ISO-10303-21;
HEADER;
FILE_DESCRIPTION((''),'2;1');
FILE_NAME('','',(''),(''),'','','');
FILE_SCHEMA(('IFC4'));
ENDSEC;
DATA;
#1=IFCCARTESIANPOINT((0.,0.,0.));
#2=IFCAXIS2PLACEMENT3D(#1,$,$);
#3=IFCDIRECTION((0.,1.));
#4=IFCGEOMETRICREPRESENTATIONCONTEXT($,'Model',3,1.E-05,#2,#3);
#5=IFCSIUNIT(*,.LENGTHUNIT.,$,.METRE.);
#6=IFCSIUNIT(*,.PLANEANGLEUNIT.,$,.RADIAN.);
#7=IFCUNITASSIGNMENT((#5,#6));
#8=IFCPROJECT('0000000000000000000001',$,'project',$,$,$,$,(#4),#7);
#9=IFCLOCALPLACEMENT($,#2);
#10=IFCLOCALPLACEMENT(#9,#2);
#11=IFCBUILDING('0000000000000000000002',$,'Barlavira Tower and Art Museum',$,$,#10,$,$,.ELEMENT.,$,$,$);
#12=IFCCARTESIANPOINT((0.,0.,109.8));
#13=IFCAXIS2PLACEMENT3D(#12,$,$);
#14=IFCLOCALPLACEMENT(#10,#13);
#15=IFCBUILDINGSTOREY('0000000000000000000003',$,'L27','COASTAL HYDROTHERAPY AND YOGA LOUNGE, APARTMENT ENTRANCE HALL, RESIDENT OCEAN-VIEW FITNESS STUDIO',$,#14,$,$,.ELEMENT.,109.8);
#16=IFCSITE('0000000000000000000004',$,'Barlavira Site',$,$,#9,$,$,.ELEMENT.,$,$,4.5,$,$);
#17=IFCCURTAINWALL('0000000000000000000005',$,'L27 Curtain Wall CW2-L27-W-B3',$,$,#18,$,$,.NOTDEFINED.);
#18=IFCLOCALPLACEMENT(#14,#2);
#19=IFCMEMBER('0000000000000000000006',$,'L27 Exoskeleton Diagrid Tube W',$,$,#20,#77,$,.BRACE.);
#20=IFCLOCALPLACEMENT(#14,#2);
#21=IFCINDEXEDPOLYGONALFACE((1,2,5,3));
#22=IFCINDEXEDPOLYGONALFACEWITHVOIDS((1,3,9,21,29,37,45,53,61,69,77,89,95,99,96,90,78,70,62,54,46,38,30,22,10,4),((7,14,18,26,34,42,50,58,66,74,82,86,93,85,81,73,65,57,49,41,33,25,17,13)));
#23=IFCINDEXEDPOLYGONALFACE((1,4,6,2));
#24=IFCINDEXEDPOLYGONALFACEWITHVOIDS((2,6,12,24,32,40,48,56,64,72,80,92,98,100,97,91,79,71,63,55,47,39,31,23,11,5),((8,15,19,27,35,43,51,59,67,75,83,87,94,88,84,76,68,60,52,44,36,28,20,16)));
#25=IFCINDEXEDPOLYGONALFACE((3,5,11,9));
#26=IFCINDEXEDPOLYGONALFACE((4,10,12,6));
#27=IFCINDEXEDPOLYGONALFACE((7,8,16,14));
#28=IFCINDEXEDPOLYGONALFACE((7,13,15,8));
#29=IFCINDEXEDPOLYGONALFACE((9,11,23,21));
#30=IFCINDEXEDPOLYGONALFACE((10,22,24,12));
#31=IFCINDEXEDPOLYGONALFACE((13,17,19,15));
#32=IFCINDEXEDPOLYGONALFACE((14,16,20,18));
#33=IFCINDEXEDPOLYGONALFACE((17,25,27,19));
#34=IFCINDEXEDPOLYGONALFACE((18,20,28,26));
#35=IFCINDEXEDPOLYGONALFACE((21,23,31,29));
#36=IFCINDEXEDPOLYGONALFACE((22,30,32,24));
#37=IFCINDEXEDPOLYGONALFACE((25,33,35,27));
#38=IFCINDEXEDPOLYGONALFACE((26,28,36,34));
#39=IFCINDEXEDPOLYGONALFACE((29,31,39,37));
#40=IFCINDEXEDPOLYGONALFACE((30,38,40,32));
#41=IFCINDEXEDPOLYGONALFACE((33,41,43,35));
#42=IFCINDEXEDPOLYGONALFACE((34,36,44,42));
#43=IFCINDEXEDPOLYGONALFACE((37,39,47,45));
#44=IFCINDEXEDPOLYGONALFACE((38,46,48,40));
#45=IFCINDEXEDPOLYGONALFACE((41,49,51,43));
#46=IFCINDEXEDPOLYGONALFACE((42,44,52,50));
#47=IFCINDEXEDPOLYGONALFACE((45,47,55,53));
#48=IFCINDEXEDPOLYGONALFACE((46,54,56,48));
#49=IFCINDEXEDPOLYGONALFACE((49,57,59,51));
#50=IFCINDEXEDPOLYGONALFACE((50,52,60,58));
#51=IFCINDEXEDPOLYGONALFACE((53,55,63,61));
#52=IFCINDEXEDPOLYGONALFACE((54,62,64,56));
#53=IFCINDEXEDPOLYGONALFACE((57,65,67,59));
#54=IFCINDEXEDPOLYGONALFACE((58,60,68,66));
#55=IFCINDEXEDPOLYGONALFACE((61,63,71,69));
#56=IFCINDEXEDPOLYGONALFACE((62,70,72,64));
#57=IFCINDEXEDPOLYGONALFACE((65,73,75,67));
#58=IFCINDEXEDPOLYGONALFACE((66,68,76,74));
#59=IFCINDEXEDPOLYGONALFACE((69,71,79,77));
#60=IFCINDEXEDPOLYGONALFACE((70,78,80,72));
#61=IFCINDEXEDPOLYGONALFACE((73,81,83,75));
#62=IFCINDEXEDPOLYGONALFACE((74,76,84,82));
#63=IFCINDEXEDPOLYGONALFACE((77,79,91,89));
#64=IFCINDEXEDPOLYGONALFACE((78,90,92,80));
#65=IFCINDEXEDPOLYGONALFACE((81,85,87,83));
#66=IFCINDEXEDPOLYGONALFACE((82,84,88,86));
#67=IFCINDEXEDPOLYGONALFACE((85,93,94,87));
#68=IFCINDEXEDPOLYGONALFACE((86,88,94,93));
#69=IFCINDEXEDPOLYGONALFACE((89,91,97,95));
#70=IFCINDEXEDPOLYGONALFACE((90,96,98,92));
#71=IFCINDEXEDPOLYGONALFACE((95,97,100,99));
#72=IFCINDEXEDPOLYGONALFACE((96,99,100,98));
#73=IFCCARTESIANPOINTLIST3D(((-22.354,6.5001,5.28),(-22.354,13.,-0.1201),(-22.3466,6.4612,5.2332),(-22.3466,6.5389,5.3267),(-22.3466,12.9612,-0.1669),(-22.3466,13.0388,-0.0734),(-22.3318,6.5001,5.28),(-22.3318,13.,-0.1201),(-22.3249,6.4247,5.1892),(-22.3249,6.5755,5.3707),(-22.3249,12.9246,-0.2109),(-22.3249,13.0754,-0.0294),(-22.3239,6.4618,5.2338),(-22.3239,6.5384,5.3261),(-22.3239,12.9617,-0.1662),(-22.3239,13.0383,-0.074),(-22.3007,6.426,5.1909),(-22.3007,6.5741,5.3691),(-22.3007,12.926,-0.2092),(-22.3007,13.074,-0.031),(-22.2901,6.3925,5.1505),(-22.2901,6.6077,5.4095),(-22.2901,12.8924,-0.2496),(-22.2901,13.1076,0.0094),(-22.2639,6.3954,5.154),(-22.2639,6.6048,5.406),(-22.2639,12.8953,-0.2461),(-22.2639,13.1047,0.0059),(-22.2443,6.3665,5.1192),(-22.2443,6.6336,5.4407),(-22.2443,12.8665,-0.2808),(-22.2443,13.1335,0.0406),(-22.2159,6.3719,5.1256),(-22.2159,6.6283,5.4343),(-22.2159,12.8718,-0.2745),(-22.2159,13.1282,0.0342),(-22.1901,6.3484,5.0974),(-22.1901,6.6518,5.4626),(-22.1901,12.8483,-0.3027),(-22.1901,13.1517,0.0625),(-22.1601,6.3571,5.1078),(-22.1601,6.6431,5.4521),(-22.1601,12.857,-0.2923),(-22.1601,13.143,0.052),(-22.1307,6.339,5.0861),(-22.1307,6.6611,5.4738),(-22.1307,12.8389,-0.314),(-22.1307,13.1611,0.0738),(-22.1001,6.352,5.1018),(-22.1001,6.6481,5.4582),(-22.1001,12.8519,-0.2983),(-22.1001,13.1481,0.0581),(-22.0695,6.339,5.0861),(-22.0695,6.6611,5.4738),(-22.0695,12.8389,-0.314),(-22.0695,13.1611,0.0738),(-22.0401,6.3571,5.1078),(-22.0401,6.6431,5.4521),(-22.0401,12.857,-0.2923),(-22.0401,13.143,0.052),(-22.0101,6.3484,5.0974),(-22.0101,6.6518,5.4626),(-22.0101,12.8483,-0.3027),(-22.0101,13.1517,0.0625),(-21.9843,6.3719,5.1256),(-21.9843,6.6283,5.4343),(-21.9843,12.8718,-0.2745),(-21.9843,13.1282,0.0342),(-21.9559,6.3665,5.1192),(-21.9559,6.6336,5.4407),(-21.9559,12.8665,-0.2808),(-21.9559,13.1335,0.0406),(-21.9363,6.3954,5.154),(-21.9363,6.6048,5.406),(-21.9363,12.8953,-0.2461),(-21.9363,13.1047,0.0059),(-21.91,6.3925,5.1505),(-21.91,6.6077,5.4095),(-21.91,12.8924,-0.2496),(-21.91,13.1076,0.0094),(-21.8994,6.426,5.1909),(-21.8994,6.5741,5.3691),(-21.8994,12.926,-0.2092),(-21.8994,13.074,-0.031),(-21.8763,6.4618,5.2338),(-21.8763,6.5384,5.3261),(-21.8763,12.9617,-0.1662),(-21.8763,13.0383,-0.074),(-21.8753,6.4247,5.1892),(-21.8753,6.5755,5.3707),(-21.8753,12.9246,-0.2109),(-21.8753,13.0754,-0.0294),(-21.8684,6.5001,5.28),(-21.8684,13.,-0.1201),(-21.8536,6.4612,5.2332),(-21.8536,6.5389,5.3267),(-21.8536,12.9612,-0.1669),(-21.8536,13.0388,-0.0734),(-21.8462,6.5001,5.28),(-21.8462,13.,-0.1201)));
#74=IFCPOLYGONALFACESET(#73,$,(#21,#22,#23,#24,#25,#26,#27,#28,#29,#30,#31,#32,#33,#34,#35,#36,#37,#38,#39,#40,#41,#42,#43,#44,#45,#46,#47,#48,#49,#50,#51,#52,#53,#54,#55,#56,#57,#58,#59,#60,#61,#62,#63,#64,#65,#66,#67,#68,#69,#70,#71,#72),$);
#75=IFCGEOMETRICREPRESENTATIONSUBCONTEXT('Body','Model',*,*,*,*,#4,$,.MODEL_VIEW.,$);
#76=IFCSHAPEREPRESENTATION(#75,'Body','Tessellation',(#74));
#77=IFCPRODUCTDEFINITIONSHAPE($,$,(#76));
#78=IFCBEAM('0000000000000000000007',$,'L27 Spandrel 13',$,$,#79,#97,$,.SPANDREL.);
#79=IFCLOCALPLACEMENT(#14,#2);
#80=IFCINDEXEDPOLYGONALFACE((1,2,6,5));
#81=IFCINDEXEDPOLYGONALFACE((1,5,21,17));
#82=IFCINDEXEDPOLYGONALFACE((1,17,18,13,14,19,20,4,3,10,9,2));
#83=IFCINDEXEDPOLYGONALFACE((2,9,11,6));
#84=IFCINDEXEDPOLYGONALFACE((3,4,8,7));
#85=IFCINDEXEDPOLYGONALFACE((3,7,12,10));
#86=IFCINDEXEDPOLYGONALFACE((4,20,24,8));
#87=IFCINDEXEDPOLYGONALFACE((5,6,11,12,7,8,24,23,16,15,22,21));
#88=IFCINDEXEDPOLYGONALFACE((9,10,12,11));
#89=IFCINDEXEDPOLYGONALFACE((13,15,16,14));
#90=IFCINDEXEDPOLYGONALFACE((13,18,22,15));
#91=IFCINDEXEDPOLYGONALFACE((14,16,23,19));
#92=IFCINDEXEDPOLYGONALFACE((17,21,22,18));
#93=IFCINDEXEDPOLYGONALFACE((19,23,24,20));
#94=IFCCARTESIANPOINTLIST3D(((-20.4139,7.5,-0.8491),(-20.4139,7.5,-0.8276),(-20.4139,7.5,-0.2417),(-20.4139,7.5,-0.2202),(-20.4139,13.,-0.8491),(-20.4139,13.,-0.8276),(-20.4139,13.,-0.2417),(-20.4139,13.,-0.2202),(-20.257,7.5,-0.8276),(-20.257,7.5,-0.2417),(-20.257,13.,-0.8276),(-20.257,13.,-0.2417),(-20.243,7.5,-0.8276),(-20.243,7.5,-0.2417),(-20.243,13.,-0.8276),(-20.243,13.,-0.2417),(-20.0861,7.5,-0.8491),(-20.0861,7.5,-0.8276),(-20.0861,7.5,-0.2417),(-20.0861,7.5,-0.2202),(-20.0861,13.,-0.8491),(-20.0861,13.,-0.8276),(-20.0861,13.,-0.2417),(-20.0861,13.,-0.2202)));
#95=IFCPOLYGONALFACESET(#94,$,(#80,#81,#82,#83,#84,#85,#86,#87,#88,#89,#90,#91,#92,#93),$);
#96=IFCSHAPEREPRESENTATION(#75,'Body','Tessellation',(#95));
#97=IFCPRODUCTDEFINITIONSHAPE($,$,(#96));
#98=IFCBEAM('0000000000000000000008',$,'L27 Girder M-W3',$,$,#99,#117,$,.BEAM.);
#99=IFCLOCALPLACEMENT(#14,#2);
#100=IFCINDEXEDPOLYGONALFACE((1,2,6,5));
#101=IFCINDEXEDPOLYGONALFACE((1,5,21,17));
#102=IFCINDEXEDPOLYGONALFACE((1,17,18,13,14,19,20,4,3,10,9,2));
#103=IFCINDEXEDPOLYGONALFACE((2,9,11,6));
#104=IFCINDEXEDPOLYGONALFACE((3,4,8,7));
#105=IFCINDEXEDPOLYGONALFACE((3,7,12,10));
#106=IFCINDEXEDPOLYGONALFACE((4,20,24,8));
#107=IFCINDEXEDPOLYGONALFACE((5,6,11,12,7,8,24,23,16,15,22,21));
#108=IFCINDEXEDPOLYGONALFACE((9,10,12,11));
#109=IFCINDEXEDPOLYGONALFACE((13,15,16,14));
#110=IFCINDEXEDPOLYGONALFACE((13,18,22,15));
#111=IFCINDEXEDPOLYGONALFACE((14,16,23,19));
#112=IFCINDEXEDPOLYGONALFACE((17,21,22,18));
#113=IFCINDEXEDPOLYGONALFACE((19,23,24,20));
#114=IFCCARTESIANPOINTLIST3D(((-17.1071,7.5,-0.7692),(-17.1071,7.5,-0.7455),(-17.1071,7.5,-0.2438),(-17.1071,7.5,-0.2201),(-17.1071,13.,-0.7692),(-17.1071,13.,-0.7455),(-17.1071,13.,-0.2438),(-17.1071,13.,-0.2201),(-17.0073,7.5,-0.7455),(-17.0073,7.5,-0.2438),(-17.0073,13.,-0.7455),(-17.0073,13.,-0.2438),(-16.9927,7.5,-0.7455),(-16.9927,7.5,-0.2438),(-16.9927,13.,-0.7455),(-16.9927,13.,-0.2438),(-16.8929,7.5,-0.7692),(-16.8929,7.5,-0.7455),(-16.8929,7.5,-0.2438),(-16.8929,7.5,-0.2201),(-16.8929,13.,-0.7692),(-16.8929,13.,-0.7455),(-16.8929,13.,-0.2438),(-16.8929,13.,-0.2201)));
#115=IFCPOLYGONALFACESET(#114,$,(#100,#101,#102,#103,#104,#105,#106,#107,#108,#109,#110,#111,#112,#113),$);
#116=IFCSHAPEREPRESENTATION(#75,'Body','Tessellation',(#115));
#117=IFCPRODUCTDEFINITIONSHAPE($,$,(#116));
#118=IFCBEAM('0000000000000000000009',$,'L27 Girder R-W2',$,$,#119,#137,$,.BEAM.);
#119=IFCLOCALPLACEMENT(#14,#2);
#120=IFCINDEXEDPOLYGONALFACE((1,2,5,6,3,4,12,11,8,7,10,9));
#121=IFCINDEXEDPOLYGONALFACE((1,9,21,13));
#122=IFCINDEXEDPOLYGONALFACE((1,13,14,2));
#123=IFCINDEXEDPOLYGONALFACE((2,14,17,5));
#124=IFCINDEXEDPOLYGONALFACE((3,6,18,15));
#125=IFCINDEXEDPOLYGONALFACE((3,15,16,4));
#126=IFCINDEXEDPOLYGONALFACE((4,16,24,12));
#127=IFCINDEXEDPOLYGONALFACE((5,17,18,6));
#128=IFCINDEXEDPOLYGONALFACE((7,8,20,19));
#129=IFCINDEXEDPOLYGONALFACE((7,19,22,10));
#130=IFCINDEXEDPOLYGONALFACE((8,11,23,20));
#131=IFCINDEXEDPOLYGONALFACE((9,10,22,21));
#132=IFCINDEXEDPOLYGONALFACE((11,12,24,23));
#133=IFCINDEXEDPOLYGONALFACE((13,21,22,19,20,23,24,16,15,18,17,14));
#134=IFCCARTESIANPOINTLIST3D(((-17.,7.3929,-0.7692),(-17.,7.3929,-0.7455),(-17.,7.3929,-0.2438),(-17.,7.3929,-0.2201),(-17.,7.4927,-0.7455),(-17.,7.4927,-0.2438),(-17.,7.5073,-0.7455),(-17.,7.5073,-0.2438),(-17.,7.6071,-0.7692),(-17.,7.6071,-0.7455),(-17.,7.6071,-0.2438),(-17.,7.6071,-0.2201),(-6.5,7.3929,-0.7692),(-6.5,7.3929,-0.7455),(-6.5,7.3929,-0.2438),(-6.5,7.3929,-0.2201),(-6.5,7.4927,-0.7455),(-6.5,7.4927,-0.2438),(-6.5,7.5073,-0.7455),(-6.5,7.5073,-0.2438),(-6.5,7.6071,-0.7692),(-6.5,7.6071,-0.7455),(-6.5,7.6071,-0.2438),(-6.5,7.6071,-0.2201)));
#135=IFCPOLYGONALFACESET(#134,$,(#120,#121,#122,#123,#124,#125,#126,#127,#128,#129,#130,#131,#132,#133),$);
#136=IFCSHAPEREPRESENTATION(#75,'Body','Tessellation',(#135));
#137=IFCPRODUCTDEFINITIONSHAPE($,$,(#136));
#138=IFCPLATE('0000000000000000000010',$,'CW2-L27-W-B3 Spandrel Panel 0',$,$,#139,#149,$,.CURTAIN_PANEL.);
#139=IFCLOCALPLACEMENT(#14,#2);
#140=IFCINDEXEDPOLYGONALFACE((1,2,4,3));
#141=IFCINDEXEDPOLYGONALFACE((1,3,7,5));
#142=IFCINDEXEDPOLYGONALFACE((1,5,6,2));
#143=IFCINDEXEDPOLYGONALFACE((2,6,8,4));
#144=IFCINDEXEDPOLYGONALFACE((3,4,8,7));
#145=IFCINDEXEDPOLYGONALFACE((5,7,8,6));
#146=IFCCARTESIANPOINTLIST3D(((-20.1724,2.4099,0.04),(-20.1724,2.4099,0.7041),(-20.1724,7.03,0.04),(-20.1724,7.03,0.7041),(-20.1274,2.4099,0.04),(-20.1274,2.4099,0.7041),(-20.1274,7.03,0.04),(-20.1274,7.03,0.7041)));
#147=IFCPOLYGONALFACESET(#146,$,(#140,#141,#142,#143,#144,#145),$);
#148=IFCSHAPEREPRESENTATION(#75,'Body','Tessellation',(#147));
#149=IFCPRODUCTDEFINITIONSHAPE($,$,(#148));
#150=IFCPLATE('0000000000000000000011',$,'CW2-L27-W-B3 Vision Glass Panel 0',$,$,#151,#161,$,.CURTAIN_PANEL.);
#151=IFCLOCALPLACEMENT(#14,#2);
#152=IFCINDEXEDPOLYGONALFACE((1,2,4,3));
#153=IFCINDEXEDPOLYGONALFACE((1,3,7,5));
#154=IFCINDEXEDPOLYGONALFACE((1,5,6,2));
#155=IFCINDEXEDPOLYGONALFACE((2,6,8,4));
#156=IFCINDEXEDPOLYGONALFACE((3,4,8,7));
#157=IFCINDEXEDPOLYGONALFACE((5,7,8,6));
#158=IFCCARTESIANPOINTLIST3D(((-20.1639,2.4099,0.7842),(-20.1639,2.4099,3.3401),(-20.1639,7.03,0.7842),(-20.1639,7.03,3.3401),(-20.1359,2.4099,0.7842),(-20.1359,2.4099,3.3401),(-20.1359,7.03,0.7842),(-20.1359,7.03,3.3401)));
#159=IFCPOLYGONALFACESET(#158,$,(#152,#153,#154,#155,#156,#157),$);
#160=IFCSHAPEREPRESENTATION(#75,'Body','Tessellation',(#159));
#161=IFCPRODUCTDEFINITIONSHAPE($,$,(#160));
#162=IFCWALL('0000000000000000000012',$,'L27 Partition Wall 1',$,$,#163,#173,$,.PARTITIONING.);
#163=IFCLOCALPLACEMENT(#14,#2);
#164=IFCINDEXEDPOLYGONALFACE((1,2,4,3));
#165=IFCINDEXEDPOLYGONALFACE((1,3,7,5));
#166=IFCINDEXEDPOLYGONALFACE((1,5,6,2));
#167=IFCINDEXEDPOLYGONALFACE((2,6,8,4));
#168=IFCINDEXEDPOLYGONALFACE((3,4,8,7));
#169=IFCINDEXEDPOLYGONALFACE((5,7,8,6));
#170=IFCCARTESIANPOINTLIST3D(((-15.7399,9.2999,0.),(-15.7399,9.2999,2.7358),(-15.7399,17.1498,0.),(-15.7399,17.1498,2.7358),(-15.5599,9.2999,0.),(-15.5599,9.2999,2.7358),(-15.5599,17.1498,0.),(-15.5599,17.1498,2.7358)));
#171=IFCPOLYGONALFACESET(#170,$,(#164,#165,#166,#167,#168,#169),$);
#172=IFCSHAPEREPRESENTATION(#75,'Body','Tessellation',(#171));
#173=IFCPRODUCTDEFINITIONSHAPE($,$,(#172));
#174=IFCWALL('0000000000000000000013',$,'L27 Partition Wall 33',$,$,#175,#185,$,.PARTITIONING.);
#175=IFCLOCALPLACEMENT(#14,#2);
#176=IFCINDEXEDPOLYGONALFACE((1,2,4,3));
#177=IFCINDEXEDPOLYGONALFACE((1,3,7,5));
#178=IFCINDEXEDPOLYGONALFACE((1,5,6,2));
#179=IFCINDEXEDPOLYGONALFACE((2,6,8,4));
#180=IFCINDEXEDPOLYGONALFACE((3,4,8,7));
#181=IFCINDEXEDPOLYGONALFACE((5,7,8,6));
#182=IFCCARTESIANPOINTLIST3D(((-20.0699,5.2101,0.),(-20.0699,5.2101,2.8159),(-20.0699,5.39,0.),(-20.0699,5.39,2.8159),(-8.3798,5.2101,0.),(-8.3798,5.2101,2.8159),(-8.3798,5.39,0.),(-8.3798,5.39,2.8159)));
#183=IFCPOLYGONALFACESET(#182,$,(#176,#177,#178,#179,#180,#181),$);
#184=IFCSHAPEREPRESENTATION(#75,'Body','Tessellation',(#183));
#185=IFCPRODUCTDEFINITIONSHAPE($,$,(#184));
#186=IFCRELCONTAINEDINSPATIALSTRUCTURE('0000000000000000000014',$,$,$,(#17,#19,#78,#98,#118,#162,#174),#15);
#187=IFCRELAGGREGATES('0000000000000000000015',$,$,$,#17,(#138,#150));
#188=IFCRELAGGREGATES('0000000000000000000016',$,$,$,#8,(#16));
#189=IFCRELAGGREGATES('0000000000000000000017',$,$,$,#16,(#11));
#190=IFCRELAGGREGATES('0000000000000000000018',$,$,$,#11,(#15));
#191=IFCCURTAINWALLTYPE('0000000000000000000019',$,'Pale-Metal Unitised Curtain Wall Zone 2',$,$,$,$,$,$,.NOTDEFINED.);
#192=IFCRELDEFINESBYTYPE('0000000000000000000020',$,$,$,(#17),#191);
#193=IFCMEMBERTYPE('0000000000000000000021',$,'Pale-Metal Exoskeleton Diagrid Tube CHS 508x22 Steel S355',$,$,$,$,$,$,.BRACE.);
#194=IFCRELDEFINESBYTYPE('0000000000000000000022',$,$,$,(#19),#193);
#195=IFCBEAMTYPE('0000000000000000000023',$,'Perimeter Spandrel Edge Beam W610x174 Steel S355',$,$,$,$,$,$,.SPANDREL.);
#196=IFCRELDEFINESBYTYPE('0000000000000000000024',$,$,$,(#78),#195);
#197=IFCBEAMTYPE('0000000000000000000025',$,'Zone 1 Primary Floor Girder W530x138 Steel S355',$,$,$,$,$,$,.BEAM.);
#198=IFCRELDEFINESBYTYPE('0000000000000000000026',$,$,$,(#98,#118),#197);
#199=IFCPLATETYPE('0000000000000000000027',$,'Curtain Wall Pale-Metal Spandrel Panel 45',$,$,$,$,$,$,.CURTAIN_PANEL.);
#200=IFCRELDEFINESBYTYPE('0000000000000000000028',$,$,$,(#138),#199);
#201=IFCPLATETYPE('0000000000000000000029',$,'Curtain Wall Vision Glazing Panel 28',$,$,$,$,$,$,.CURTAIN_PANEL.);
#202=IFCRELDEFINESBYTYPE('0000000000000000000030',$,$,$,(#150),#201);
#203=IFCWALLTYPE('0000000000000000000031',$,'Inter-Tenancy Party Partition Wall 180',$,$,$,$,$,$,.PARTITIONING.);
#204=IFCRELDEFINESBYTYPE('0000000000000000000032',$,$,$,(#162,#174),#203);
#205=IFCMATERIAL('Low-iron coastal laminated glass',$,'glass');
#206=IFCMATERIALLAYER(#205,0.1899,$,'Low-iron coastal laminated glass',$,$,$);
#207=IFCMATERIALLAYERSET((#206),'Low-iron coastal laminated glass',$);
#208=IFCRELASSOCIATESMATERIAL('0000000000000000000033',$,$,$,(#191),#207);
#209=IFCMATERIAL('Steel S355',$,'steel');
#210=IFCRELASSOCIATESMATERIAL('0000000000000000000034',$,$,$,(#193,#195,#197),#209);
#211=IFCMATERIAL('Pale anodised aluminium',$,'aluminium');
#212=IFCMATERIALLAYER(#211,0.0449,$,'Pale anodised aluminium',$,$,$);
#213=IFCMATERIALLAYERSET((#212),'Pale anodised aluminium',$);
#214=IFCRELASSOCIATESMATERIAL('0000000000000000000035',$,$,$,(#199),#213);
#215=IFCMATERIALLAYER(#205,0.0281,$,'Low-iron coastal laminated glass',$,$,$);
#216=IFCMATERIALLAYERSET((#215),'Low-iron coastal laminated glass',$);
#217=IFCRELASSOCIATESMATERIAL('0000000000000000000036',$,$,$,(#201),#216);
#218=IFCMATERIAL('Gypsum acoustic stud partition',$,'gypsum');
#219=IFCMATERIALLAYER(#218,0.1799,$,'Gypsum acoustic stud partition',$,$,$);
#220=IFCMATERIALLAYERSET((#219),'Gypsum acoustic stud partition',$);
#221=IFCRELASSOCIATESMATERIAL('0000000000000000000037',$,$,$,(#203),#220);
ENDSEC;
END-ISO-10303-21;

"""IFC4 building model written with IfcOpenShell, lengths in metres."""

from ifc_helpers import new_model, si_unit, direction, frame, frame_2d, origin, origin_2d, place, context, subcontext, project, spatial, rectangle, hollow_circle, i_section, extrude, material, layer, layer_set, material_profile, profile_set, type_object, element, aggregate, save


model = new_model("IFC4")

# Units and contexts
model_context = context("Model", 3, precision=1e-05, world=origin(), true_north=direction((0.0, 1.0)))
body_context = subcontext(model_context, "Body", "Model", "MODEL_VIEW")
ifc_project = project(units=[si_unit("LENGTHUNIT", "METRE"), si_unit("PLANEANGLEUNIT", "RADIAN")], contexts=[model_context])

# Site, building, storey
site_placement = place(None, origin())
site = spatial("IfcSite", under=ifc_project, at=site_placement, Name="Barlavira Site", CompositionType="ELEMENT", RefElevation=4.5)
building_placement = place(site_placement, origin())
building = spatial("IfcBuilding", under=site, at=building_placement, Name="Barlavira Tower and Art Museum", CompositionType="ELEMENT")
storey_placement = place(building_placement, frame((0.0, 0.0, 109.8)))
storey = spatial("IfcBuildingStorey", under=building, at=storey_placement, Name="L27", Description="COASTAL HYDROTHERAPY AND YOGA LOUNGE, APARTMENT ENTRANCE HALL, RESIDENT OCEAN-VIEW FITNESS STUDIO", CompositionType="ELEMENT", Elevation=109.8)

# Curtain wall
ifc_material_1 = material(Name="Low-iron coastal laminated glass", Category="glass")
ifc_layer_1 = layer(ifc_material_1, 0.1899, Name="Low-iron coastal laminated glass")
ifc_layer_set_1 = layer_set([ifc_layer_1], Name="Low-iron coastal laminated glass")
curtain_wall_type = type_object("IfcCurtainWallType", Name="Pale-Metal Unitised Curtain Wall Zone 2", PredefinedType="NOTDEFINED", material=ifc_layer_set_1)
curtain_wall_placement = place(storey_placement, origin())
curtain_wall = element("IfcCurtainWall", 1, at=curtain_wall_placement, inside=storey, type_object=curtain_wall_type, Name="L27 Curtain Wall CW2-L27-W-B3", PredefinedType="NOTDEFINED")
ifc_material_2 = material(Name="Pale anodised aluminium", Category="aluminium")

# Member
ifc_material_3 = material(Name="Steel S355", Category="steel")
ifc_material_profile_1 = material_profile(ifc_material_3, hollow_circle(Radius=0.2539, WallThickness=0.0222, at=origin_2d()), Name="CHS 508.0x22.2")
ifc_profile_set_1 = profile_set([ifc_material_profile_1], Name="Steel S355")
member_type_1 = type_object("IfcMemberType", Name="Pale-Metal Exoskeleton Diagrid Tube CHS 508x22 Steel S355", PredefinedType="BRACE", material=ifc_profile_set_1)
member_1_placement = place(storey_placement, frame((-22.1001, 13.0, -0.1201), z_axis=(0.0, -0.769182, 0.63903), x_axis=(1.0, 0.0, 0.0)))
element("IfcMember", 2, at=member_1_placement, inside=storey, type_object=member_type_1, Name="L27 Exoskeleton Diagrid Tube W", PredefinedType="BRACE", context=body_context, shape_type="SweptSolid", body=[
    extrude(hollow_circle(Radius=0.2539, WallThickness=0.0222, at=origin_2d()), origin(), (0.0, 0.0, 1.0), 8.4504),
])

# Beams
ifc_material_profile_2 = material_profile(ifc_material_3, i_section(OverallWidth=0.3279, OverallDepth=0.6289, WebThickness=0.0139, FlangeThickness=0.0215, at=origin_2d()), Name="W610x174.0")
ifc_profile_set_2 = profile_set([ifc_material_profile_2], Name="Steel S355")
beam_type_1 = type_object("IfcBeamType", Name="Perimeter Spandrel Edge Beam W610x174 Steel S355", PredefinedType="SPANDREL", material=ifc_profile_set_2)
beam_1_placement = place(storey_placement, frame((-20.25, 7.5, -0.5347), z_axis=(0.0, 1.0, 0.0), x_axis=(-1.0, 0.0, 0.0)))
element("IfcBeam", 3, at=beam_1_placement, inside=storey, type_object=beam_type_1, Name="L27 Spandrel 13", PredefinedType="SPANDREL", context=body_context, shape_type="SweptSolid", body=[
    extrude(i_section(OverallWidth=0.3279, OverallDepth=0.6289, WebThickness=0.0139, FlangeThickness=0.0215, at=origin_2d()), origin(), (0.0, 0.0, 1.0), 5.5),
])
ifc_material_profile_3 = material_profile(ifc_material_3, i_section(OverallWidth=0.2141, OverallDepth=0.5491, WebThickness=0.0146, FlangeThickness=0.0237, at=origin_2d()), Name="W530x138.0")
ifc_profile_set_3 = profile_set([ifc_material_profile_3], Name="Steel S355")
beam_type_2 = type_object("IfcBeamType", Name="Zone 1 Primary Floor Girder W530x138 Steel S355", PredefinedType="BEAM", material=ifc_profile_set_3)
beam_2_placement = place(storey_placement, frame((-17.0, 7.5, -0.4946), z_axis=(0.0, 1.0, 0.0), x_axis=(-1.0, 0.0, 0.0)))
element("IfcBeam", 4, at=beam_2_placement, inside=storey, type_object=beam_type_2, Name="L27 Girder M-W3", PredefinedType="BEAM", context=body_context, shape_type="SweptSolid", body=[
    extrude(i_section(OverallWidth=0.2141, OverallDepth=0.5491, WebThickness=0.0146, FlangeThickness=0.0237, at=origin_2d()), origin(), (0.0, 0.0, 1.0), 5.5),
])
beam_3_placement = place(storey_placement, frame((-17.0, 7.5, -0.4946), z_axis=(1.0, 0.0, 0.0), x_axis=(0.0, 1.0, 0.0)))
element("IfcBeam", 5, at=beam_3_placement, inside=storey, type_object=beam_type_2, Name="L27 Girder R-W2", PredefinedType="BEAM", context=body_context, shape_type="SweptSolid", body=[
    extrude(i_section(OverallWidth=0.2141, OverallDepth=0.5491, WebThickness=0.0146, FlangeThickness=0.0237, at=origin_2d()), origin(), (0.0, 0.0, 1.0), 10.5),
])

# Plates
ifc_layer_2 = layer(ifc_material_2, 0.0449, Name="Pale anodised aluminium")
ifc_layer_set_2 = layer_set([ifc_layer_2], Name="Pale anodised aluminium")
plate_type_1 = type_object("IfcPlateType", Name="Curtain Wall Pale-Metal Spandrel Panel 45", PredefinedType="CURTAIN_PANEL", material=ifc_layer_set_2)
plate_1_placement = place(storey_placement, frame((-20.1499, 4.72, 0.04), z_axis=(0.0, 0.0, 1.0), x_axis=(0.0, -1.0, 0.0)))
plate_1 = element("IfcPlate", 6, at=plate_1_placement, type_object=plate_type_1, Name="CW2-L27-W-B3 Spandrel Panel 0", PredefinedType="CURTAIN_PANEL", context=body_context, shape_type="SweptSolid", body=[
    extrude(rectangle(XDim=4.6201, YDim=0.0449, at=origin_2d()), origin(), (0.0, 0.0, 1.0), 0.6641),
])
ifc_layer_3 = layer(ifc_material_1, 0.0281, Name="Low-iron coastal laminated glass")
ifc_layer_set_3 = layer_set([ifc_layer_3], Name="Low-iron coastal laminated glass")
plate_type_2 = type_object("IfcPlateType", Name="Curtain Wall Vision Glazing Panel 28", PredefinedType="CURTAIN_PANEL", material=ifc_layer_set_3)
plate_2_placement = place(storey_placement, frame((-20.1499, 4.72, 0.7842), z_axis=(0.0, 0.0, 1.0), x_axis=(0.0, -1.0, 0.0)))
plate_2 = element("IfcPlate", 7, at=plate_2_placement, type_object=plate_type_2, Name="CW2-L27-W-B3 Vision Glass Panel 0", PredefinedType="CURTAIN_PANEL", context=body_context, shape_type="SweptSolid", body=[
    extrude(rectangle(XDim=4.6201, YDim=0.0281, at=origin_2d()), origin(), (0.0, 0.0, 1.0), 2.5559),
])
aggregate(curtain_wall, [plate_1, plate_2])

# Walls
ifc_material_4 = material(Name="Gypsum acoustic stud partition", Category="gypsum")
ifc_layer_4 = layer(ifc_material_4, 0.1799, Name="Gypsum acoustic stud partition")
ifc_layer_set_4 = layer_set([ifc_layer_4], Name="Gypsum acoustic stud partition")
wall_type_1 = type_object("IfcWallType", Name="Inter-Tenancy Party Partition Wall 180", PredefinedType="PARTITIONING", material=ifc_layer_set_4)
wall_1_placement = place(storey_placement, frame((-15.6499, 9.3, 0.0), z_axis=(0.0, 0.0, 1.0), x_axis=(0.0, 1.0, 0.0)))
element("IfcWall", 8, at=wall_1_placement, inside=storey, type_object=wall_type_1, Name="L27 Partition Wall 1", PredefinedType="PARTITIONING", context=body_context, shape_type="SweptSolid", body=[
    extrude(rectangle(XDim=7.8499, YDim=0.1799, at=frame_2d((3.9248, 0.0))), origin(), (0.0, 0.0, 1.0), 2.7358),
])
wall_2_placement = place(storey_placement, frame((-20.0701, 5.3, 0.0), z_axis=(0.0, 0.0, 1.0), x_axis=(1.0, 0.0, 0.0)))
element("IfcWall", 9, at=wall_2_placement, inside=storey, type_object=wall_type_1, Name="L27 Partition Wall 33", PredefinedType="PARTITIONING", context=body_context, shape_type="SweptSolid", body=[
    extrude(rectangle(XDim=11.6902, YDim=0.1799, at=frame_2d((5.8452, 0.0))), origin(), (0.0, 0.0, 1.0), 2.8159),
])

save(model, "model.ifc")
